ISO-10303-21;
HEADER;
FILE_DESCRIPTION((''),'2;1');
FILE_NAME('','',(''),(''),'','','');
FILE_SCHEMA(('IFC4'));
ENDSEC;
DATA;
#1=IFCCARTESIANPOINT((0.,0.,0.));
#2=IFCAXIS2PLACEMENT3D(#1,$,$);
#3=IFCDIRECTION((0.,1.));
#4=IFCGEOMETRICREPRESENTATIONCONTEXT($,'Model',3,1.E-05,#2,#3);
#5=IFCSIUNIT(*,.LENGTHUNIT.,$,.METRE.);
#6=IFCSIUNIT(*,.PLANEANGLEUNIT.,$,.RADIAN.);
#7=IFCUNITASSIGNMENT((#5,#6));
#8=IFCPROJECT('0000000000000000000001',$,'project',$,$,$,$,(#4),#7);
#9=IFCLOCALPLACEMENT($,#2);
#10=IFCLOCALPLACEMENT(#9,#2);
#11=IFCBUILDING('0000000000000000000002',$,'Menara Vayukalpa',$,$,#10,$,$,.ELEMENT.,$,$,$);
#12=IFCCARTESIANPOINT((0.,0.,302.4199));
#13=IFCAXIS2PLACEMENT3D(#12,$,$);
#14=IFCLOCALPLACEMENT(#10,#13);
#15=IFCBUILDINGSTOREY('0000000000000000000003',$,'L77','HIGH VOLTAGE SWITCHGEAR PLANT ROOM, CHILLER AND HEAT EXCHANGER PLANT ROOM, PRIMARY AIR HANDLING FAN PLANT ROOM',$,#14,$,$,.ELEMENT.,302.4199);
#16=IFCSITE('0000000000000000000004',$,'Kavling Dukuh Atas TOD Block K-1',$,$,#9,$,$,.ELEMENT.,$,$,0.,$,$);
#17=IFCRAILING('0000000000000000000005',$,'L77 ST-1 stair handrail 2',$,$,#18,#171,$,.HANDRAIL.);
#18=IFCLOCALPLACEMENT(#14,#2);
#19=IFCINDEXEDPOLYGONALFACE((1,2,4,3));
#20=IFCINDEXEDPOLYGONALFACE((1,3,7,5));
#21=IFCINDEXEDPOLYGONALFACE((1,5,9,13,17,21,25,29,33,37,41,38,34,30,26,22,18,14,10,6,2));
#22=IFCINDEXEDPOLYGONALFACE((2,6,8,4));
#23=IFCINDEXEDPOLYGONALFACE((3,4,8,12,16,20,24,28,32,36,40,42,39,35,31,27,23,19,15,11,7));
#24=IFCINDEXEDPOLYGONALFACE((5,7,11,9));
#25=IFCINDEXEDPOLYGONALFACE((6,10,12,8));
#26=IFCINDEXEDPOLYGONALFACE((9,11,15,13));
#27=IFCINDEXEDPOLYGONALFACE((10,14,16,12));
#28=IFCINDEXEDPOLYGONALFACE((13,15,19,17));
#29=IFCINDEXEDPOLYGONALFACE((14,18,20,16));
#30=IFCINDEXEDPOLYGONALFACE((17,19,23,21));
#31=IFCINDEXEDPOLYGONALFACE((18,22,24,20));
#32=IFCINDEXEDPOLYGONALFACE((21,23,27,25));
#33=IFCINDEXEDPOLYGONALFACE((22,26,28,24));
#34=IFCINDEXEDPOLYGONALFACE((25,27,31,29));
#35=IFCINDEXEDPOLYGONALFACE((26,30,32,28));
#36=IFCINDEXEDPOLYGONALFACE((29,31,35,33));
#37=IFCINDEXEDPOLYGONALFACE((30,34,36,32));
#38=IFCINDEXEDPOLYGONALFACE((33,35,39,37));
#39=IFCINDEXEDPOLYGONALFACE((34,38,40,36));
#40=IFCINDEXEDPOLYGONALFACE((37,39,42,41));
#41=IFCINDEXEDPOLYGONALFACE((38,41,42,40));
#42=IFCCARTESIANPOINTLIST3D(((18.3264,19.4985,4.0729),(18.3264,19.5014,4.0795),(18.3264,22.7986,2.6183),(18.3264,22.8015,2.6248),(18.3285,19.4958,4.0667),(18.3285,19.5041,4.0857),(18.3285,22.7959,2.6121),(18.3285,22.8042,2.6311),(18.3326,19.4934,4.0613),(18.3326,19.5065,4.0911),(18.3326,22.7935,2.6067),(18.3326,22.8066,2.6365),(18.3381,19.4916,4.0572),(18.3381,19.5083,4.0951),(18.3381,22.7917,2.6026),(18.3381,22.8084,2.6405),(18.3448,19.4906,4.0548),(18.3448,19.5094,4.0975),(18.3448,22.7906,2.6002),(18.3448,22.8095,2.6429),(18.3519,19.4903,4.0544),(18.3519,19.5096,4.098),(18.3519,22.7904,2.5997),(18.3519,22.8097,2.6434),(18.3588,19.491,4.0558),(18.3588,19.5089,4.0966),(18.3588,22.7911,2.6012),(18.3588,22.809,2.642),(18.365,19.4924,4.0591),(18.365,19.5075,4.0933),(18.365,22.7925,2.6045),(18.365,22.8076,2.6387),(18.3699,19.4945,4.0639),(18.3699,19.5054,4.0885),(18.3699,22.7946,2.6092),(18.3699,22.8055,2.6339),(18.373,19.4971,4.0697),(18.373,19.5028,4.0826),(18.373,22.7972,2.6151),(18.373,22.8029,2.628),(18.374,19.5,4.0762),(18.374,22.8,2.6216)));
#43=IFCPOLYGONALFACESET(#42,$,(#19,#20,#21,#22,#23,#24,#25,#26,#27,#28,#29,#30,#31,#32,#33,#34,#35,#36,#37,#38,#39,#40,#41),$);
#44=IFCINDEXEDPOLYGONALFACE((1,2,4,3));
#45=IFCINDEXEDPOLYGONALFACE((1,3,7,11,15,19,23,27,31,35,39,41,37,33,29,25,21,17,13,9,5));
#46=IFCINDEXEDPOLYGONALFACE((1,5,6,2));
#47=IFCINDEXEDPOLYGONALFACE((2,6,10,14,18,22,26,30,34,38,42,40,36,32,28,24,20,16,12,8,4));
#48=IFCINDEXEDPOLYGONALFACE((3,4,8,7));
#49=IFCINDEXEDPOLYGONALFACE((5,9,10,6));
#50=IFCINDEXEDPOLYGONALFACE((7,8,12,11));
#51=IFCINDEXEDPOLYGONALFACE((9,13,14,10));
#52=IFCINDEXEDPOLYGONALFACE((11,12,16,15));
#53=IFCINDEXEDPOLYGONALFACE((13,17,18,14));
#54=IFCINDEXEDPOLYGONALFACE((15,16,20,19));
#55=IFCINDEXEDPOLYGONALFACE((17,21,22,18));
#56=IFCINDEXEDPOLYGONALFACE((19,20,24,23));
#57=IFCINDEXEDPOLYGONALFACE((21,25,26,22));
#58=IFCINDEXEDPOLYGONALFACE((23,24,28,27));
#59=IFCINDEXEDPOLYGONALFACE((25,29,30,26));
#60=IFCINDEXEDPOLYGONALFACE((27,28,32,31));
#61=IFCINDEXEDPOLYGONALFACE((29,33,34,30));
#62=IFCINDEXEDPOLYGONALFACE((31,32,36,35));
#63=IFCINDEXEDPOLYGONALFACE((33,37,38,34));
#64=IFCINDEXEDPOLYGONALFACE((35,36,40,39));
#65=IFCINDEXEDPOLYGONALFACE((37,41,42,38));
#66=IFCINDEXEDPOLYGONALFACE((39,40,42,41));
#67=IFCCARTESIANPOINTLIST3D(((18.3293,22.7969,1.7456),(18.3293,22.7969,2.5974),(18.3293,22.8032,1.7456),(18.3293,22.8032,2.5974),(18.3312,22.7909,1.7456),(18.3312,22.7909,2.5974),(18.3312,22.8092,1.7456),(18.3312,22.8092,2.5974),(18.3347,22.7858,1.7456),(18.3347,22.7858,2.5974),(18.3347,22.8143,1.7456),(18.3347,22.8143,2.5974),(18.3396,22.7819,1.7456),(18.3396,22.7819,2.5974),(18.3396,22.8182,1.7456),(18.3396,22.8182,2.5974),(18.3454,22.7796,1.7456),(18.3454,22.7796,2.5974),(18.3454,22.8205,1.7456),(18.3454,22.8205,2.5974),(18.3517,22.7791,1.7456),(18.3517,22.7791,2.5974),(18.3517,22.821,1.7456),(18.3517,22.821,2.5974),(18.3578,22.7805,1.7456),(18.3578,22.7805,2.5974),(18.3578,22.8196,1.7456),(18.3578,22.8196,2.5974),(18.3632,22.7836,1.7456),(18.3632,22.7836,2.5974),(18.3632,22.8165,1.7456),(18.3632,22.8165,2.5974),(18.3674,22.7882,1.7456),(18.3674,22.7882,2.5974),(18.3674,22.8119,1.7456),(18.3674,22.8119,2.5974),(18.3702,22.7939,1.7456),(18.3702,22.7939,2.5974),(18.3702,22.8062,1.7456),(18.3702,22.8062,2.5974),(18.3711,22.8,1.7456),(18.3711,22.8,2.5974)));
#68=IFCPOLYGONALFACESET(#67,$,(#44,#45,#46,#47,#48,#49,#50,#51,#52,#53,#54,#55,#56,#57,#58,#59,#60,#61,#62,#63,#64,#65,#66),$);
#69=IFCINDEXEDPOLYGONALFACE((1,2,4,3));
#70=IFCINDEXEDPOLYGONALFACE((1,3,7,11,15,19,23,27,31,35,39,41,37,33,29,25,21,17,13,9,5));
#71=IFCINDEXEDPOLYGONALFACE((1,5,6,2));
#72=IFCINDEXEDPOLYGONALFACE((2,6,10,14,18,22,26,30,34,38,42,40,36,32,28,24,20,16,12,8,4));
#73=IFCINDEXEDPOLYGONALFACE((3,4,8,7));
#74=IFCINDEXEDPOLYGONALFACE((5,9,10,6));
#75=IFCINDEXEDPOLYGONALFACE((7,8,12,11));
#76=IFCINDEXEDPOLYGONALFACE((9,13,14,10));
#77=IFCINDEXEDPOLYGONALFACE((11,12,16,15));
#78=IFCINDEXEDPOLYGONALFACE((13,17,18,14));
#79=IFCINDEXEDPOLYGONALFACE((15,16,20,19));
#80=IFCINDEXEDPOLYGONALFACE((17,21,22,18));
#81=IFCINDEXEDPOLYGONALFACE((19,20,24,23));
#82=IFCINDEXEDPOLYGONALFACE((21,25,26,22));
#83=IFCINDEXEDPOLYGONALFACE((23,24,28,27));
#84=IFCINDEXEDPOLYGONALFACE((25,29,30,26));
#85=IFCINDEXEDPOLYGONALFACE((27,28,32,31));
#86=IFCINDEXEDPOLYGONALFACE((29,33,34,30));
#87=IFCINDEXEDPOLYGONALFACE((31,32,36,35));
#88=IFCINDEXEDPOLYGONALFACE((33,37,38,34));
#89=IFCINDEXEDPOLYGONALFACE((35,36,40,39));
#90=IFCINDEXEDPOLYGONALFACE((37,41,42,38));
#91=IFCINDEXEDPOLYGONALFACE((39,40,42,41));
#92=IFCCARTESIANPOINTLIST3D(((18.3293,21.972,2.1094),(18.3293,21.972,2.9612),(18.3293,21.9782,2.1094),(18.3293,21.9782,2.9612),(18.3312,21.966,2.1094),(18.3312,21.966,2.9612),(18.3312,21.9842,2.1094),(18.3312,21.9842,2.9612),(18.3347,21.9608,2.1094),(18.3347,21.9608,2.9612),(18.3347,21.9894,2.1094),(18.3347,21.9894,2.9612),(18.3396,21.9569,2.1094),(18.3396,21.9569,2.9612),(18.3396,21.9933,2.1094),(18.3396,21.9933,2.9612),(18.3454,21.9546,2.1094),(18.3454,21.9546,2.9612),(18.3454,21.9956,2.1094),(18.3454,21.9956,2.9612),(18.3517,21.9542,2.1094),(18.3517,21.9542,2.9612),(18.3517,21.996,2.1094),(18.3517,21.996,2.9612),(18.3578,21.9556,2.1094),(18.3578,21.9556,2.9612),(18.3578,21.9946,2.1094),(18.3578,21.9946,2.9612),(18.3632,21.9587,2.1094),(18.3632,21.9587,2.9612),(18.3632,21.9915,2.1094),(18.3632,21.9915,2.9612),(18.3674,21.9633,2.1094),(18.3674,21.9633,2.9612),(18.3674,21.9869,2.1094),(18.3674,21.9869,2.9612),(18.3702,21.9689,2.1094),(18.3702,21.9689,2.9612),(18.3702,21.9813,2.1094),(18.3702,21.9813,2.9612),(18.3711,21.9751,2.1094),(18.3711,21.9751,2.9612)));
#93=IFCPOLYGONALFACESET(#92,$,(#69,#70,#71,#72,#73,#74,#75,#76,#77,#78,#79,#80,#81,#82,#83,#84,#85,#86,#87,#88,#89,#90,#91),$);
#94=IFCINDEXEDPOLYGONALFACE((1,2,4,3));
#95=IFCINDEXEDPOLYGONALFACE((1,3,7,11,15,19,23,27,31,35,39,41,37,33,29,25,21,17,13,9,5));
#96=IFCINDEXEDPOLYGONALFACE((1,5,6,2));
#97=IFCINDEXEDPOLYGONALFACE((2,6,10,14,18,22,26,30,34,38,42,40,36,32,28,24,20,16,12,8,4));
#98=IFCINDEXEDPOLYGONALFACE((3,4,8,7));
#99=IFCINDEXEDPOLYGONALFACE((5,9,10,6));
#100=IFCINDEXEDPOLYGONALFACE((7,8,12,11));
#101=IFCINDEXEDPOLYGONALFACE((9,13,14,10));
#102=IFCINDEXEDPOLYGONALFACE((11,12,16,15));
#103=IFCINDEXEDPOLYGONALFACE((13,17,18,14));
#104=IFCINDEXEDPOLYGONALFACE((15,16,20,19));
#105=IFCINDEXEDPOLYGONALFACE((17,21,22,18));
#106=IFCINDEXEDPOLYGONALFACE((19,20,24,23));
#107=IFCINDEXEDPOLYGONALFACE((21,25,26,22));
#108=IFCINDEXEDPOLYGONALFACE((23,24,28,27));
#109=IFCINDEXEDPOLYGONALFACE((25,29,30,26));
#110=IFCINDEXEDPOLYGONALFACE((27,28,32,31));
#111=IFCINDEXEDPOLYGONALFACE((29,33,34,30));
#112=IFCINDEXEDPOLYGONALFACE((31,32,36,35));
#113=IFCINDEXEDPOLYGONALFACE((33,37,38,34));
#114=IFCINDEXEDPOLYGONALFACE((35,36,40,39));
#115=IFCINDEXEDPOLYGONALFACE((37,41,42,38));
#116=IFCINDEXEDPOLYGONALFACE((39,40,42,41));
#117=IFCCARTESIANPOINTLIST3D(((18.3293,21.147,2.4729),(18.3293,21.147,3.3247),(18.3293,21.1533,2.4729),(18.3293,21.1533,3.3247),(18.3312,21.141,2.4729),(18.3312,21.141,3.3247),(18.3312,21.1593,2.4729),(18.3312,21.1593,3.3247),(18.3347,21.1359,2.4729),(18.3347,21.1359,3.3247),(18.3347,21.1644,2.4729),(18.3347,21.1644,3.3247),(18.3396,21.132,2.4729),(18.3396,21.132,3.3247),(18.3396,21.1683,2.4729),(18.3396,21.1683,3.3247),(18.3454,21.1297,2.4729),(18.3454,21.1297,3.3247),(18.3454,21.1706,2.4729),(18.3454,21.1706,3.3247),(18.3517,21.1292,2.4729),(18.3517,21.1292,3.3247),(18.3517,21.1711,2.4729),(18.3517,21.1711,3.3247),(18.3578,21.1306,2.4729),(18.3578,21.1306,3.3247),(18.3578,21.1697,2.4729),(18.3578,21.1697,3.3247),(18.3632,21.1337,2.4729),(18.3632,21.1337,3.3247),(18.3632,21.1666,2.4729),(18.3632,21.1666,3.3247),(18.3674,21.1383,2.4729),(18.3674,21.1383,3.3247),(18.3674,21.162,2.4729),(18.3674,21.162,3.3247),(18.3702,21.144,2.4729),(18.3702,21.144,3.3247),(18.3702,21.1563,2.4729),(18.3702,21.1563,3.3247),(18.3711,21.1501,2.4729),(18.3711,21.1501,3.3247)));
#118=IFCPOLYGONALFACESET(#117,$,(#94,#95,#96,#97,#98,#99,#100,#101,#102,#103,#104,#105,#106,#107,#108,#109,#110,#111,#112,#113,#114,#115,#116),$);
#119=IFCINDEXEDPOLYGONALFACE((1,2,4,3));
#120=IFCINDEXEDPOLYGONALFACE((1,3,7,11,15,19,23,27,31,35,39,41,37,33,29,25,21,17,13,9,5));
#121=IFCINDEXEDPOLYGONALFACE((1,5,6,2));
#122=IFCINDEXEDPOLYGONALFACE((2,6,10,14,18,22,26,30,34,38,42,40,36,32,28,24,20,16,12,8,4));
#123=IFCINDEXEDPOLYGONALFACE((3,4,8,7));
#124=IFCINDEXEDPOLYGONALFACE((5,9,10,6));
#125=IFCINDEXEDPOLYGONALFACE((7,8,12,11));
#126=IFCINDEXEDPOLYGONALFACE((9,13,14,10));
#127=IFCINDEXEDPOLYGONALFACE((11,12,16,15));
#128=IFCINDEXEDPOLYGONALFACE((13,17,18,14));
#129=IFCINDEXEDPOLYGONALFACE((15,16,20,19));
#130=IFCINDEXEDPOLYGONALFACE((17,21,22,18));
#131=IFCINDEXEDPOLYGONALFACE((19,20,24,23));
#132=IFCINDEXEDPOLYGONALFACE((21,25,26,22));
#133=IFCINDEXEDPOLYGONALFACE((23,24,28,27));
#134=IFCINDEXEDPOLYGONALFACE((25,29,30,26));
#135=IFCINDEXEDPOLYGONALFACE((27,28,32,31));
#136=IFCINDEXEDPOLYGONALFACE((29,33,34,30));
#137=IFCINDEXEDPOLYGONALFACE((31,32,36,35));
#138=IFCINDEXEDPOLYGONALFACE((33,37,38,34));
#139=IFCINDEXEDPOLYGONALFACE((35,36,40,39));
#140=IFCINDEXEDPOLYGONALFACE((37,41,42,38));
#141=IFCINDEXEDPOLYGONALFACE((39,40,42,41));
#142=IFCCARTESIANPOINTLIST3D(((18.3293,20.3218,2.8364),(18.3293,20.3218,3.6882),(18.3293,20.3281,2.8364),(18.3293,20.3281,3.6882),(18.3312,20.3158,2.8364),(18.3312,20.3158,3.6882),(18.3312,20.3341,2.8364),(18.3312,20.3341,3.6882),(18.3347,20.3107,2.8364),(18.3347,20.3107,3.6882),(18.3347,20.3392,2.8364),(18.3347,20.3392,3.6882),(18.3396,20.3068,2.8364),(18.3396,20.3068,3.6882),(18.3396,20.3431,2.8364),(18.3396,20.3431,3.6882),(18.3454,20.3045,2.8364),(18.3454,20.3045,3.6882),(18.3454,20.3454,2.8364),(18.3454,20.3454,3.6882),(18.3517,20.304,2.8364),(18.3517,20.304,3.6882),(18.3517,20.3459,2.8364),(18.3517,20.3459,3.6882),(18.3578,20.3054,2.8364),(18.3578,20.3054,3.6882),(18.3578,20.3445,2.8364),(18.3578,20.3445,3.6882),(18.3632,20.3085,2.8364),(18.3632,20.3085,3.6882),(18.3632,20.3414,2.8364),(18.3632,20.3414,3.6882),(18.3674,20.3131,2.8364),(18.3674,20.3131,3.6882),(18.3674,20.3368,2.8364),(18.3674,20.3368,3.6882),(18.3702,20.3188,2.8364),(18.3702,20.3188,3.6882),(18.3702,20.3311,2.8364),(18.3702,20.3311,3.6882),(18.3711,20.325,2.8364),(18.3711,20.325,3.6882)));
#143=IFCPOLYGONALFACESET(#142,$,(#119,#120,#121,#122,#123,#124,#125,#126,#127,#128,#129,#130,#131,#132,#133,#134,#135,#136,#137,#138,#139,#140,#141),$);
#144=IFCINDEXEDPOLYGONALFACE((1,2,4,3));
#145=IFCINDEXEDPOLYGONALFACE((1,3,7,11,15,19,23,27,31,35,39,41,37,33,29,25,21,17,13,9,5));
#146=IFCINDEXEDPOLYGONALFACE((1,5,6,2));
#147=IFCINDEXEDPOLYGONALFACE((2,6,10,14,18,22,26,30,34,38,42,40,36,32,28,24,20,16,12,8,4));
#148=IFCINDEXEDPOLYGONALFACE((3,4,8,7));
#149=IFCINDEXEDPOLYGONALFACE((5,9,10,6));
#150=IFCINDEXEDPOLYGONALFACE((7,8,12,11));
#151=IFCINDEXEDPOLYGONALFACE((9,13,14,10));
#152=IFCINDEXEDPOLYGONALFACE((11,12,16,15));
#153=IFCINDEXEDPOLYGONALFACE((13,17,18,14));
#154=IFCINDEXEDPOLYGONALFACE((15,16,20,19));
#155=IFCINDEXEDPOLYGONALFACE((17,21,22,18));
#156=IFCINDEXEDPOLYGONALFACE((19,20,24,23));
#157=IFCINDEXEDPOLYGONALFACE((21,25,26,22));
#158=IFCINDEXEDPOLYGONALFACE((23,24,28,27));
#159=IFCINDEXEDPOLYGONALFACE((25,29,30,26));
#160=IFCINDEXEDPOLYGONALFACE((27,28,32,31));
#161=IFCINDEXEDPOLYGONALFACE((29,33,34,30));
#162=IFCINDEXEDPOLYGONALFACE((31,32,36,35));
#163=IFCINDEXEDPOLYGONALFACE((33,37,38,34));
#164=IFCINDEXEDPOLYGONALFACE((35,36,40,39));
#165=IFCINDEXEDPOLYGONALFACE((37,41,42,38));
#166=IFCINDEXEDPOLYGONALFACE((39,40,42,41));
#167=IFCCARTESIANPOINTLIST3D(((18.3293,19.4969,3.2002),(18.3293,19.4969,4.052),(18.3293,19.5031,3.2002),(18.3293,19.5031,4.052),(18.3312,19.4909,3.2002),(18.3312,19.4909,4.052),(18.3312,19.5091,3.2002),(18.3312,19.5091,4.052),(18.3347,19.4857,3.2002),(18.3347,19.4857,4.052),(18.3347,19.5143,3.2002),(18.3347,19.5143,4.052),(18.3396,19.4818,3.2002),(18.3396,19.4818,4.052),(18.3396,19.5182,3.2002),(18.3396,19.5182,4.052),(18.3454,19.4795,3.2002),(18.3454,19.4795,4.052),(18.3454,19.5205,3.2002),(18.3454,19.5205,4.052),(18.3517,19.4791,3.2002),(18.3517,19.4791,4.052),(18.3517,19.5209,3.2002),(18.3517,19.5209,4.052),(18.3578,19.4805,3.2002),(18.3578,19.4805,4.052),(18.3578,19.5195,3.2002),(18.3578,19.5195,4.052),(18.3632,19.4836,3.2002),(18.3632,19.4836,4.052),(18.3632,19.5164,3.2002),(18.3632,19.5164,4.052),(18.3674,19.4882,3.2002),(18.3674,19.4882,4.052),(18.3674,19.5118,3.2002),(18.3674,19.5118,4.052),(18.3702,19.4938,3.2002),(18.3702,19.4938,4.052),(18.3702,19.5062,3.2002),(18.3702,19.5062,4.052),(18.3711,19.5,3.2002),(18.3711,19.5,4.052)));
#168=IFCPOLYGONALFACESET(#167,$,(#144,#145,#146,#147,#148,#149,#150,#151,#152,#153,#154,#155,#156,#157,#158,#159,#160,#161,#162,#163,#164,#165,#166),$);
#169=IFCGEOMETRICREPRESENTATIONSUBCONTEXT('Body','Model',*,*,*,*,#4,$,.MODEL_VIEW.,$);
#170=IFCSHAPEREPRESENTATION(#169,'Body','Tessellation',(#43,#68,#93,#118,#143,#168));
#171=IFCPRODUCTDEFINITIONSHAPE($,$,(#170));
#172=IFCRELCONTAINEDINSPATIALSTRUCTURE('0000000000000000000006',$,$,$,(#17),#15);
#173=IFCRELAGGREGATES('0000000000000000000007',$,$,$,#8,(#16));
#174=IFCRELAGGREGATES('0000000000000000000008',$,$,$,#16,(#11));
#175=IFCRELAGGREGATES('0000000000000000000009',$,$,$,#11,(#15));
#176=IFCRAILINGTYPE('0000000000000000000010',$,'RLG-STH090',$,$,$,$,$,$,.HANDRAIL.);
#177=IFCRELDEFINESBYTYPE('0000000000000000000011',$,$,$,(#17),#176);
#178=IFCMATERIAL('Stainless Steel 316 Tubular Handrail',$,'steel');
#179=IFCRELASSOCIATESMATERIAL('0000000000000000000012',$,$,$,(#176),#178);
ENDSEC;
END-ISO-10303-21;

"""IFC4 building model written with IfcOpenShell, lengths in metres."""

from ifc_helpers import new_model, si_unit, direction, frame, origin, origin_2d, place, context, subcontext, project, spatial, circle, extrude, material, type_object, element, save


model = new_model("IFC4")

# Units and contexts
model_context = context("Model", 3, precision=1e-05, world=origin(), true_north=direction((0.0, 1.0)))
body_context = subcontext(model_context, "Body", "Model", "MODEL_VIEW")
ifc_project = project(units=[si_unit("LENGTHUNIT", "METRE"), si_unit("PLANEANGLEUNIT", "RADIAN")], contexts=[model_context])

# Site, building, storey
site_placement = place(None, origin())
site = spatial("IfcSite", under=ifc_project, at=site_placement, Name="Kavling Dukuh Atas TOD Block K-1", CompositionType="ELEMENT", RefElevation=0.0)
building_placement = place(site_placement, origin())
building = spatial("IfcBuilding", under=site, at=building_placement, Name="Menara Vayukalpa", CompositionType="ELEMENT")
storey_placement = place(building_placement, frame((0.0, 0.0, 302.4199)))
storey = spatial("IfcBuildingStorey", under=building, at=storey_placement, Name="L77", Description="HIGH VOLTAGE SWITCHGEAR PLANT ROOM, CHILLER AND HEAT EXCHANGER PLANT ROOM, PRIMARY AIR HANDLING FAN PLANT ROOM", CompositionType="ELEMENT", Elevation=302.4199)

# Railing
ifc_material_1 = material(Name="Stainless Steel 316 Tubular Handrail", Category="steel")
railing_type_1 = type_object("IfcRailingType", Name="RLG-STH090", PredefinedType="HANDRAIL", material=ifc_material_1)
railing_1_placement = place(storey_placement, frame((18.3501, 22.8, 1.7456)))
element("IfcRailing", 1, at=railing_1_placement, inside=storey, type_object=railing_type_1, Name="L77 ST-1 stair handrail 2", PredefinedType="HANDRAIL", context=body_context, shape_type="SweptSolid", body=[
    extrude(circle(Radius=0.0239, at=origin_2d()), frame((0.0, 0.0, 0.876), z_axis=(0.0, -0.915052, 0.403335), x_axis=(1.0, 0.0, 0.0)), (0.0, 0.0, 1.0), 3.6064),
    extrude(circle(Radius=0.021, at=origin_2d()), origin(), (0.0, 0.0, 1.0), 0.8518),
    extrude(circle(Radius=0.021, at=origin_2d()), frame((0.0, -0.825, 0.3638)), (0.0, 0.0, 1.0), 0.8518),
    extrude(circle(Radius=0.021, at=origin_2d()), frame((0.0, -1.6499, 0.7273)), (0.0, 0.0, 1.0), 0.8518),
    extrude(circle(Radius=0.021, at=origin_2d()), frame((0.0, -2.4751, 1.0908)), (0.0, 0.0, 1.0), 0.8518),
    extrude(circle(Radius=0.021, at=origin_2d()), frame((0.0, -3.3, 1.4546)), (0.0, 0.0, 1.0), 0.8518),
])

save(model, "model.ifc")
